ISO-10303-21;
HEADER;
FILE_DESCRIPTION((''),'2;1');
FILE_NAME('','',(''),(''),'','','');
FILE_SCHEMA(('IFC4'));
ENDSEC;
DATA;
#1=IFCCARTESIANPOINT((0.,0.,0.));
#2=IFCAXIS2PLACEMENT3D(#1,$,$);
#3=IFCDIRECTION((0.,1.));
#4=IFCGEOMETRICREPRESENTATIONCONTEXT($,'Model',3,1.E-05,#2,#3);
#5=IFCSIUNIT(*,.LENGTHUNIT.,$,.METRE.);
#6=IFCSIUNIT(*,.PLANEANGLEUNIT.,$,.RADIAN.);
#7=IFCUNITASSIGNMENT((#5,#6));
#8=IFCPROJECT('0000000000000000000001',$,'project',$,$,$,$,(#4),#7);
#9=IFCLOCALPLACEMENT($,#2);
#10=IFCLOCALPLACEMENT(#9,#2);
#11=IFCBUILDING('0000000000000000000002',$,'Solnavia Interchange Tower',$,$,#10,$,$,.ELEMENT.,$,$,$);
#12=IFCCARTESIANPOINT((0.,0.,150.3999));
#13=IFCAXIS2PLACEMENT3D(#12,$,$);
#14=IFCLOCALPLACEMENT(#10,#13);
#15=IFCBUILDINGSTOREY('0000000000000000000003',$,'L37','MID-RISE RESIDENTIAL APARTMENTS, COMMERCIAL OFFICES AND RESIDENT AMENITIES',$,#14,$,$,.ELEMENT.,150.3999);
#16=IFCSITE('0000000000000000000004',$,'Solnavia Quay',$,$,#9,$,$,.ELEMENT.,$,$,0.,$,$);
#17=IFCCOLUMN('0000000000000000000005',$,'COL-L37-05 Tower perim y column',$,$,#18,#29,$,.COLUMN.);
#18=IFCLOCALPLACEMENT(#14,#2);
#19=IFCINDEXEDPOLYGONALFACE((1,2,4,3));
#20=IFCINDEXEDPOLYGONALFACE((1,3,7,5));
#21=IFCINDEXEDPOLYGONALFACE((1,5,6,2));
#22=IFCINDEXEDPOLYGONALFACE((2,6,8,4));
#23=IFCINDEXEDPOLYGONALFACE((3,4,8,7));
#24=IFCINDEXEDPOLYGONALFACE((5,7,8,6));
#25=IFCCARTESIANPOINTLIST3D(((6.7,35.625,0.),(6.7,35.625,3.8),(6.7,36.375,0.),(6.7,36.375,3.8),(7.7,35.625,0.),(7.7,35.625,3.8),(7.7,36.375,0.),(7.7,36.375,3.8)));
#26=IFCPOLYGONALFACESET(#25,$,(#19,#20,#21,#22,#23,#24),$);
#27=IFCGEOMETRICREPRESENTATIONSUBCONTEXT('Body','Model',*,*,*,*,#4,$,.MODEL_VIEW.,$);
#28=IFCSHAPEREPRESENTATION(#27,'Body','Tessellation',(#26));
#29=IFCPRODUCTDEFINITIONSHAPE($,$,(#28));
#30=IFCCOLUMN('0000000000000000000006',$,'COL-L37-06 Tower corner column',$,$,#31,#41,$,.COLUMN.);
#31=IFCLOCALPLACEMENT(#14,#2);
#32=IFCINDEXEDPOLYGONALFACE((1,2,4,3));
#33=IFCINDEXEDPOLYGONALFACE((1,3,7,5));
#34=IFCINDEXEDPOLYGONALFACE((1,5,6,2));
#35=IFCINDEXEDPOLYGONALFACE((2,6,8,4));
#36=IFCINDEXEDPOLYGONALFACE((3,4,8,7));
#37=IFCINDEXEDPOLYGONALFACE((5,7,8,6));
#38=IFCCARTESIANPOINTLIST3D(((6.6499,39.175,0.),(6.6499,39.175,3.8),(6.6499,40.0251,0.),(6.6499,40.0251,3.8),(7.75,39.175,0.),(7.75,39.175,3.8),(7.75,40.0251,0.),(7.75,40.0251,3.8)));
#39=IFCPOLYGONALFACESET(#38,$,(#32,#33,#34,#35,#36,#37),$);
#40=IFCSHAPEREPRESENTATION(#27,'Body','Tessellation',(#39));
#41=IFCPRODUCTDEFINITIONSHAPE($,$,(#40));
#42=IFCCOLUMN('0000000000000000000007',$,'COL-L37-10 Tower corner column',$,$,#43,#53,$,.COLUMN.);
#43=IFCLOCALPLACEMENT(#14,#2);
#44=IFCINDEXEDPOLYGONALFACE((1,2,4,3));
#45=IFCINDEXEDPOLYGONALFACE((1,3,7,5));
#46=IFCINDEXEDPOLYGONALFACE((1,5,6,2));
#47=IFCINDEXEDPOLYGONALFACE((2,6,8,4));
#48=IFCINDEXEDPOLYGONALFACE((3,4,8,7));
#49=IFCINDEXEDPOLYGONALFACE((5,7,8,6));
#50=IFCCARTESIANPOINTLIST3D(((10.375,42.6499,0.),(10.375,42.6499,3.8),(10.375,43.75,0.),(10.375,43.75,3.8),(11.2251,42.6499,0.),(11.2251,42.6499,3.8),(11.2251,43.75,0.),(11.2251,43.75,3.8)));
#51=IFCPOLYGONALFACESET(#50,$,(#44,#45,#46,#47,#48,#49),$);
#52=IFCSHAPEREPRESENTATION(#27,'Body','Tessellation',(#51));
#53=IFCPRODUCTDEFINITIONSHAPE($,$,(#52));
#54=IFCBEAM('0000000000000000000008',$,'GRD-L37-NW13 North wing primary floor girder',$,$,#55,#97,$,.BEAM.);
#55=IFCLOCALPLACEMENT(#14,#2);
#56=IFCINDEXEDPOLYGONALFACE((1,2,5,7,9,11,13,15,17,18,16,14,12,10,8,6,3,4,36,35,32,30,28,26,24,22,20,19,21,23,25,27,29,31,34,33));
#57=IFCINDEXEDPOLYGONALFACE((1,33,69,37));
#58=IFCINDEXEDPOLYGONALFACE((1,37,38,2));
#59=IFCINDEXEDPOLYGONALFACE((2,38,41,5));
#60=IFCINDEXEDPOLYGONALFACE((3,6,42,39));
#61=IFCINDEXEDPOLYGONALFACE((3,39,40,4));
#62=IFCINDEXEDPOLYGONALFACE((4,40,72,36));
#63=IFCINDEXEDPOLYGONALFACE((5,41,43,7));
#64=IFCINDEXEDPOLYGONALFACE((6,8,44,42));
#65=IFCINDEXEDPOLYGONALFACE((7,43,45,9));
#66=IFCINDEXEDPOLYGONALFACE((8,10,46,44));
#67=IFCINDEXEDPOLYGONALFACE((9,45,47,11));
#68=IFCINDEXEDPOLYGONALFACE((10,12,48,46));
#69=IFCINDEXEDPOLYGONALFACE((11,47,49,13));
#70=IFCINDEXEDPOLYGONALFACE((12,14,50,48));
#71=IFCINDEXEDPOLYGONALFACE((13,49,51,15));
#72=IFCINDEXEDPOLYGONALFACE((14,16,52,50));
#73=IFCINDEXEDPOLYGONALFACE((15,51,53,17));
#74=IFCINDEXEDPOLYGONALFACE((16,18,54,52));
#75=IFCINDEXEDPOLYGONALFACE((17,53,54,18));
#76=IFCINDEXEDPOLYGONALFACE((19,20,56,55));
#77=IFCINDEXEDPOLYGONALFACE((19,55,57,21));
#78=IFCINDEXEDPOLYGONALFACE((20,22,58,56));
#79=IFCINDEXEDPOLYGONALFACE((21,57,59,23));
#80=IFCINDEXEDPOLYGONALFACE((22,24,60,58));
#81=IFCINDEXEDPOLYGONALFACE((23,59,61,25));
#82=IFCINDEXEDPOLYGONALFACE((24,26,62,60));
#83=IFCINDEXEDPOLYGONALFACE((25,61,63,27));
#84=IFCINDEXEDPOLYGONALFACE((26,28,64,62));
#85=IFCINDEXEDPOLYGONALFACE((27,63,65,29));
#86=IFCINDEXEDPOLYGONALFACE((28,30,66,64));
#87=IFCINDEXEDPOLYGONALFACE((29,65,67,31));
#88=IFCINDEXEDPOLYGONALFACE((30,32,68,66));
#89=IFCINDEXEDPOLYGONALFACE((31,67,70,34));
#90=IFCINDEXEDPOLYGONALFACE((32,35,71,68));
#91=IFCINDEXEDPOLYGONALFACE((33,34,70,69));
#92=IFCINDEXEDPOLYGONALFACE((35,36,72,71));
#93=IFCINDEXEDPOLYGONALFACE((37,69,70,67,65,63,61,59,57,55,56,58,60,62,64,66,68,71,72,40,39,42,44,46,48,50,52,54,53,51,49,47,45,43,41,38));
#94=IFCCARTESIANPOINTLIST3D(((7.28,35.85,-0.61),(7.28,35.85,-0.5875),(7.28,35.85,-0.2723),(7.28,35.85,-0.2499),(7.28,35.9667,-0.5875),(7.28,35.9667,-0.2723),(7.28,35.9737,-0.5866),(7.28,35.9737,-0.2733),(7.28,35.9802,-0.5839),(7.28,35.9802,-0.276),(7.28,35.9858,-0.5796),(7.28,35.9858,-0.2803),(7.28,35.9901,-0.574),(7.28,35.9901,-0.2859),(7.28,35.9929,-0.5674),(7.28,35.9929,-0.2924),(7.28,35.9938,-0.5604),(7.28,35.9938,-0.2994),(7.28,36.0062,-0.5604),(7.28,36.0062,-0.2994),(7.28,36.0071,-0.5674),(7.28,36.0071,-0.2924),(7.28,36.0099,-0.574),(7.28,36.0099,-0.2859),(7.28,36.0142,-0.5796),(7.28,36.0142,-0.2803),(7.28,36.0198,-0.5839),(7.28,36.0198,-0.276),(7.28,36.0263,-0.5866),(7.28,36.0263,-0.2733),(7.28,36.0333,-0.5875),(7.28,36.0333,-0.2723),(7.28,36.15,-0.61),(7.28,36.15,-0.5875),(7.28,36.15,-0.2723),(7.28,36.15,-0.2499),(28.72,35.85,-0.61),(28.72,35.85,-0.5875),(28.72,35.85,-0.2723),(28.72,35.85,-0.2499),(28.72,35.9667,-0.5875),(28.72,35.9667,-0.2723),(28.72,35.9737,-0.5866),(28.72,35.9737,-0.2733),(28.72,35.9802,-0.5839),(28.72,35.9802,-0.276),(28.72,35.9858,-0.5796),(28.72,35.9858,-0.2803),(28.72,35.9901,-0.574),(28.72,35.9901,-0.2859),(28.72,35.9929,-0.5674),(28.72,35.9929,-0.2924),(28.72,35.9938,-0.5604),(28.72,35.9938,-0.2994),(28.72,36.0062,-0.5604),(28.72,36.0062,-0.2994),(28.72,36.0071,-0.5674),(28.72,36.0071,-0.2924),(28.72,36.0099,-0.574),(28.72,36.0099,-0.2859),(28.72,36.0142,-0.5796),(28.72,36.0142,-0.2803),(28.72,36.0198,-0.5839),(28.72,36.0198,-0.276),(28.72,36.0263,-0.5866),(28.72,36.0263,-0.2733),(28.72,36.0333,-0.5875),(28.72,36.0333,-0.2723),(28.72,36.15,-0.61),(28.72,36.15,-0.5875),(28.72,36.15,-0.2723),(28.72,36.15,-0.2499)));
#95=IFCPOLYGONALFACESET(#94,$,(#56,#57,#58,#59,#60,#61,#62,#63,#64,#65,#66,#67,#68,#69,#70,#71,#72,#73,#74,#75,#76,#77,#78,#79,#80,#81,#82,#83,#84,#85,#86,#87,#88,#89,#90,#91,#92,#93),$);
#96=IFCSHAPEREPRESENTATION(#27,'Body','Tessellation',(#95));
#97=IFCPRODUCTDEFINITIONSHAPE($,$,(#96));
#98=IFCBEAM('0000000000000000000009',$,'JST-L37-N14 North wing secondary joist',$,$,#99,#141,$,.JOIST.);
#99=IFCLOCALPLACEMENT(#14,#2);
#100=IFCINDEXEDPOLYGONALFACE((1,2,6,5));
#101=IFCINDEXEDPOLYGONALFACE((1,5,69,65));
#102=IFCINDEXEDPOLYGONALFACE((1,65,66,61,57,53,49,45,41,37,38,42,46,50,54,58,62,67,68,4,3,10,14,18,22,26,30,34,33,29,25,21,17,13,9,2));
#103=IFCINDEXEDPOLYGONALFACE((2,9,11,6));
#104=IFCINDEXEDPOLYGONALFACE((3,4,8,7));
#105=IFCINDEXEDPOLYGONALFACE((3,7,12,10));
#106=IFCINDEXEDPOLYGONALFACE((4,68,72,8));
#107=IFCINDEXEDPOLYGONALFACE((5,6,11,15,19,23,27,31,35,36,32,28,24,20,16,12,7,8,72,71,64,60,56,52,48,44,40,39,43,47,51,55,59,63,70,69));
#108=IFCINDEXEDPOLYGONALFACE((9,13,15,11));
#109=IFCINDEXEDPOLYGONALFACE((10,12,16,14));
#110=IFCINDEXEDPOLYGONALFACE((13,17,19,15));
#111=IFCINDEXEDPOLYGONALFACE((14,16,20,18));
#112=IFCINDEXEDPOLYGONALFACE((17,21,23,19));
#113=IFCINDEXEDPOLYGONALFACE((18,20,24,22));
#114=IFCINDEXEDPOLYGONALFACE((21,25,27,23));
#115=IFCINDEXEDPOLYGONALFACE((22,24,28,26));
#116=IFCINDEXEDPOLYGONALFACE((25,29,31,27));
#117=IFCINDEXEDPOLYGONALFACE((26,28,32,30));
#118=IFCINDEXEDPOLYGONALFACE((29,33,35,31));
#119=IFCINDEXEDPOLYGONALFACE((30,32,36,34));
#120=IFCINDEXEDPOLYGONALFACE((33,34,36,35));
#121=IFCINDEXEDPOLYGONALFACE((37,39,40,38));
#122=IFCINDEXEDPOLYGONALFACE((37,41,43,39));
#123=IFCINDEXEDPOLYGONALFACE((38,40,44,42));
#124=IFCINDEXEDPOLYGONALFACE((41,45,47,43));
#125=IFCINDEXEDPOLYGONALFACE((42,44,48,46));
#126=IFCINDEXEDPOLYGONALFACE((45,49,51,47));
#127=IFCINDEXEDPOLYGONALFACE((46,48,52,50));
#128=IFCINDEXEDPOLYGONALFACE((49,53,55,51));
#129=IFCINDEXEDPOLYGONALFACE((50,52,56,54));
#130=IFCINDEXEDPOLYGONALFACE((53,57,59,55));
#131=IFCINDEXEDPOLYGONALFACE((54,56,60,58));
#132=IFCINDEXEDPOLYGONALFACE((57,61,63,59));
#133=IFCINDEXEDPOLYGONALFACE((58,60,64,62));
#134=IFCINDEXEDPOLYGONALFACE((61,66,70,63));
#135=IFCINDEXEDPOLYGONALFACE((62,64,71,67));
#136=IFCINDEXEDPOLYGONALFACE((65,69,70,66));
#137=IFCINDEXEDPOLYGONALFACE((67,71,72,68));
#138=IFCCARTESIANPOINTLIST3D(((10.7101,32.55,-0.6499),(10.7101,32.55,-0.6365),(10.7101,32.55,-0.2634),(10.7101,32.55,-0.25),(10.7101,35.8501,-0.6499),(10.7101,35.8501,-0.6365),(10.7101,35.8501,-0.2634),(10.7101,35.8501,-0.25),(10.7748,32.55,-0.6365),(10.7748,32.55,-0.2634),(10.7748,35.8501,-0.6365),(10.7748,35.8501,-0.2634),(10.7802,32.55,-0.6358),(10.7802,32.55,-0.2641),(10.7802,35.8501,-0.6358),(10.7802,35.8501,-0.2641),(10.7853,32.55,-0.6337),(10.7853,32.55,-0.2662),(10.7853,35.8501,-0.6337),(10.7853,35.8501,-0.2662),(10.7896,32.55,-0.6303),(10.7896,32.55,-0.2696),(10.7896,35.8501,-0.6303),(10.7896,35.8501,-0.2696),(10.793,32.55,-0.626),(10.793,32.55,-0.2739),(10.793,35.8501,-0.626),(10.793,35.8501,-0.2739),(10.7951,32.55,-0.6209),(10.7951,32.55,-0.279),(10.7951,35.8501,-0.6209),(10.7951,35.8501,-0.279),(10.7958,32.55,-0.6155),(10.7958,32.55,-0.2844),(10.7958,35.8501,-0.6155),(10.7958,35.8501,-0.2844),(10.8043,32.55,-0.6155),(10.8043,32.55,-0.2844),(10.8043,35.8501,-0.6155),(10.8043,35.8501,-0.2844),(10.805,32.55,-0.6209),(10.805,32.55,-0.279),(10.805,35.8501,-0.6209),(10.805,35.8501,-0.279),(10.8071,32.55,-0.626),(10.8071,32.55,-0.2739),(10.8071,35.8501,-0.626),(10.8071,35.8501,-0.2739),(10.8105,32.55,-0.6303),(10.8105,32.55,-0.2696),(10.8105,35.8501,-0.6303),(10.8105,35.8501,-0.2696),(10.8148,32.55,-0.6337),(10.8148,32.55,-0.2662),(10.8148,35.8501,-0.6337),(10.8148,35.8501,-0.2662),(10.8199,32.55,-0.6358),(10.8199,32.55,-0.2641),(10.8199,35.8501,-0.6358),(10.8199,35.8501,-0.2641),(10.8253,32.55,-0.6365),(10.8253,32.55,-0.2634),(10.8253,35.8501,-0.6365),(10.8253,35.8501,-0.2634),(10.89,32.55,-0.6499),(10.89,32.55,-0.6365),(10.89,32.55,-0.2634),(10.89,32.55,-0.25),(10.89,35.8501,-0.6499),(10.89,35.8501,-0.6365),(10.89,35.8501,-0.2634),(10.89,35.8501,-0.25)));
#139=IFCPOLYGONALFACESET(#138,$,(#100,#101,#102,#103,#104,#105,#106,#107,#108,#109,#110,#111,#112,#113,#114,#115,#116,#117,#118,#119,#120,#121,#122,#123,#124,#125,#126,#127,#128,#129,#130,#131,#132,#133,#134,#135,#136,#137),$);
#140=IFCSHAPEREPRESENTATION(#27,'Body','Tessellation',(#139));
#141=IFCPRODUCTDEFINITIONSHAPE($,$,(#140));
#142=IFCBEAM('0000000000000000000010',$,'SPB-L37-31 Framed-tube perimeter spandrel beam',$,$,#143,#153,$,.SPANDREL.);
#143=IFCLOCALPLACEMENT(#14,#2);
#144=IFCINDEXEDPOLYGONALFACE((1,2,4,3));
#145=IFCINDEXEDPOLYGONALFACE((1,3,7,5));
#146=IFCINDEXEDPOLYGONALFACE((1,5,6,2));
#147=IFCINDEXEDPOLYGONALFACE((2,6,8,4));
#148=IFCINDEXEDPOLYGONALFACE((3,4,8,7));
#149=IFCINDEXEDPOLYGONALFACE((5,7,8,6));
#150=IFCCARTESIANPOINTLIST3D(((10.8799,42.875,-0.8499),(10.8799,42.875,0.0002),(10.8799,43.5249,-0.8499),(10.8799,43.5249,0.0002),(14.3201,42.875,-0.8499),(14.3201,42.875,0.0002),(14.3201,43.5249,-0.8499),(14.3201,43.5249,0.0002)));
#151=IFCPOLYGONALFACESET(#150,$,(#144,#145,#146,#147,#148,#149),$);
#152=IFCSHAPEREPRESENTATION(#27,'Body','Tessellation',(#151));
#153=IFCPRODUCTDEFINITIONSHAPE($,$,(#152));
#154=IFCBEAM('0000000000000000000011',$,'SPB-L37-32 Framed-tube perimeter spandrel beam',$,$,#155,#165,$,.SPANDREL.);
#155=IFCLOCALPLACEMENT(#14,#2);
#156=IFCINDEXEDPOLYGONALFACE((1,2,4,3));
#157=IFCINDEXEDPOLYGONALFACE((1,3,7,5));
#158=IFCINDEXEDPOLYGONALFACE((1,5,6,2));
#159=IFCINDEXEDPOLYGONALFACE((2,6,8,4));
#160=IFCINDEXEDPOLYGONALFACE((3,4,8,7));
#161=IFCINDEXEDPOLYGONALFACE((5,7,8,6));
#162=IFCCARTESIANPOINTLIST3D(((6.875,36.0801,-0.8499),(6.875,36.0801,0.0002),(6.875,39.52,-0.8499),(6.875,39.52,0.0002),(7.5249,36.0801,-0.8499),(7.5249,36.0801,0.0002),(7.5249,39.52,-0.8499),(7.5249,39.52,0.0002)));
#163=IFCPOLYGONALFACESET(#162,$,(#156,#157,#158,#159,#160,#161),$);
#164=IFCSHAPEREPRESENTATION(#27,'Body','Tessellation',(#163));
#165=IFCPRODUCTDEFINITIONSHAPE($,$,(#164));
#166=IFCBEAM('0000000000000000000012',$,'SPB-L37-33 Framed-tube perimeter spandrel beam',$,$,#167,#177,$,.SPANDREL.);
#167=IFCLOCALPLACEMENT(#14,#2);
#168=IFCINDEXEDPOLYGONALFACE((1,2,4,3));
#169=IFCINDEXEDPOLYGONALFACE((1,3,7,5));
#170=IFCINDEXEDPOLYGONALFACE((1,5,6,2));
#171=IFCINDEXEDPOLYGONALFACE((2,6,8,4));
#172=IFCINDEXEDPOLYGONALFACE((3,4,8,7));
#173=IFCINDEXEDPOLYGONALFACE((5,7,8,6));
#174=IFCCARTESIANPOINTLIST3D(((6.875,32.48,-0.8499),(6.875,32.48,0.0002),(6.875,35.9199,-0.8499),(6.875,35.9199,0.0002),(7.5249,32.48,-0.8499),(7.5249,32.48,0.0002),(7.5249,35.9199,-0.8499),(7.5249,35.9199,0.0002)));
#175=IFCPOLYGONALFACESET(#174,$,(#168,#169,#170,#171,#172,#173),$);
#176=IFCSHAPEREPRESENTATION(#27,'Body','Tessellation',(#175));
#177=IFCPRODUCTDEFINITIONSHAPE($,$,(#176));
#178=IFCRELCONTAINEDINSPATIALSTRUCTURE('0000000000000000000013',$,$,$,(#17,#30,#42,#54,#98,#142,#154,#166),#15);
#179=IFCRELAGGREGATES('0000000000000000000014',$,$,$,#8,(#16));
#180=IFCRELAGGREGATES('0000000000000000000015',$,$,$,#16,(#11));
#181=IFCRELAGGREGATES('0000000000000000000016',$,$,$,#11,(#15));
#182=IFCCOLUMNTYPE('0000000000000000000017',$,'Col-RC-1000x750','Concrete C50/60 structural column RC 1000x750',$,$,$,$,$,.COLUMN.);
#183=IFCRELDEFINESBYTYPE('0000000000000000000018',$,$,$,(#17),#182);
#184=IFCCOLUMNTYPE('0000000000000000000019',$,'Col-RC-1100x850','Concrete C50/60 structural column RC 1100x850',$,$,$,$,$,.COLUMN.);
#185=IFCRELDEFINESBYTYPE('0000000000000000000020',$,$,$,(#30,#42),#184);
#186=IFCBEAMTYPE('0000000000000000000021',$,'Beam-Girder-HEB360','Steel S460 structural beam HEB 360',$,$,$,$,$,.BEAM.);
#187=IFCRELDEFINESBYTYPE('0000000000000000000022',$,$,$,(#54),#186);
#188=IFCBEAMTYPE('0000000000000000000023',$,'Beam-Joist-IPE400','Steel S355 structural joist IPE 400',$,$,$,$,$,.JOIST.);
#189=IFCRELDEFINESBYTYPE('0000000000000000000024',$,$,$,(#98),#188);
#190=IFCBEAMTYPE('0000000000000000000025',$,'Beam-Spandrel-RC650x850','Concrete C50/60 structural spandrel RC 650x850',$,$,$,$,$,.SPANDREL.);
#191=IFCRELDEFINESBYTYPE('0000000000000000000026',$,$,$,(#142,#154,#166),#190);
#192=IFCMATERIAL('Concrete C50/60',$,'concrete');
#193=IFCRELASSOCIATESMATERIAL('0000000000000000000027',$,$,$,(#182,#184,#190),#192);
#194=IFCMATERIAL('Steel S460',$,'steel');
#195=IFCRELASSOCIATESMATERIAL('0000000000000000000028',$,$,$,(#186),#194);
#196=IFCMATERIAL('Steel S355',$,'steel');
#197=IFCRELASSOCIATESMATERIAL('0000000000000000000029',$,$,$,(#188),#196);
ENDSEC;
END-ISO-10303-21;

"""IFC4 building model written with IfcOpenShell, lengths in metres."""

from ifc_helpers import new_model, si_unit, direction, frame, origin, origin_2d, place, context, subcontext, project, spatial, rectangle, i_section, extrude, material, material_profile, profile_set, type_object, element, save


model = new_model("IFC4")

# Units and contexts
model_context = context("Model", 3, precision=1e-05, world=origin(), true_north=direction((0.0, 1.0)))
body_context = subcontext(model_context, "Body", "Model", "MODEL_VIEW")
ifc_project = project(units=[si_unit("LENGTHUNIT", "METRE"), si_unit("PLANEANGLEUNIT", "RADIAN")], contexts=[model_context])

# Site, building, storey
site_placement = place(None, origin())
site = spatial("IfcSite", under=ifc_project, at=site_placement, Name="Solnavia Quay", CompositionType="ELEMENT", RefElevation=0.0)
building_placement = place(site_placement, origin())
building = spatial("IfcBuilding", under=site, at=building_placement, Name="Solnavia Interchange Tower", CompositionType="ELEMENT")
storey_placement = place(building_placement, frame((0.0, 0.0, 150.3999)))
storey = spatial("IfcBuildingStorey", under=building, at=storey_placement, Name="L37", Description="MID-RISE RESIDENTIAL APARTMENTS, COMMERCIAL OFFICES AND RESIDENT AMENITIES", CompositionType="ELEMENT", Elevation=150.3999)

# Columns
ifc_material_1 = material(Name="Concrete C50/60", Category="concrete")
ifc_material_profile_1 = material_profile(ifc_material_1, rectangle(XDim=0.75, YDim=1.0, at=origin_2d()), Name="RC 1000x750")
ifc_profile_set_1 = profile_set([ifc_material_profile_1], Name="Concrete C50/60")
column_type_1 = type_object("IfcColumnType", Name="Col-RC-1000x750", Description="Concrete C50/60 structural column RC 1000x750", PredefinedType="COLUMN", material=ifc_profile_set_1)
column_placement = place(storey_placement, frame((7.2, 36.0, 0.0), z_axis=(0.0, 0.0, 1.0), x_axis=(0.0, 1.0, 0.0)))
element("IfcColumn", 1, at=column_placement, inside=storey, type_object=column_type_1, Name="COL-L37-05 Tower perim y column", PredefinedType="COLUMN", context=body_context, shape_type="SweptSolid", body=[
    extrude(rectangle(XDim=0.75, YDim=1.0, at=origin_2d()), origin(), (0.0, 0.0, 1.0), 3.8),
])
ifc_material_profile_2 = material_profile(ifc_material_1, rectangle(XDim=0.8501, YDim=1.1001, at=origin_2d()), Name="RC 1100x850")
ifc_profile_set_2 = profile_set([ifc_material_profile_2], Name="Concrete C50/60")
column_type_2 = type_object("IfcColumnType", Name="Col-RC-1100x850", Description="Concrete C50/60 structural column RC 1100x850", PredefinedType="COLUMN", material=ifc_profile_set_2)
for number, where, z_axis, x_axis, name in (
    (2, (7.2, 39.6001, 0.0), (0.0, 0.0, 1.0), (0.0, 1.0, 0.0), "COL-L37-06 Tower corner column"),
    (3, (10.8, 43.2, 0.0), (0.0, 0.0, 1.0), (1.0, 0.0, 0.0), "COL-L37-10 Tower corner column"),
):
    element("IfcColumn", number, at=place(storey_placement, frame(where, z_axis=z_axis, x_axis=x_axis)), inside=storey, type_object=column_type_2, Name=name, PredefinedType="COLUMN", context=body_context, shape_type="SweptSolid", body=[
        extrude(rectangle(XDim=0.8501, YDim=1.1001, at=origin_2d()), origin(), (0.0, 0.0, 1.0), 3.8),
    ])

# Beams
ifc_material_2 = material(Name="Steel S460", Category="steel")
ifc_material_profile_3 = material_profile(ifc_material_2, i_section(OverallWidth=0.3, OverallDepth=0.3601, WebThickness=0.0125, FlangeThickness=0.0225, FilletRadius=0.0271, at=origin_2d()), Name="HEB 360")
ifc_profile_set_3 = profile_set([ifc_material_profile_3], Name="Steel S460")
beam_type_1 = type_object("IfcBeamType", Name="Beam-Girder-HEB360", Description="Steel S460 structural beam HEB 360", PredefinedType="BEAM", material=ifc_profile_set_3)
beam_1_placement = place(storey_placement, frame((7.28, 36.0, -0.4299), z_axis=(1.0, 0.0, 0.0), x_axis=(0.0, 1.0, 0.0)))
element("IfcBeam", 4, at=beam_1_placement, inside=storey, type_object=beam_type_1, Name="GRD-L37-NW13 North wing primary floor girder", PredefinedType="BEAM", context=body_context, shape_type="SweptSolid", body=[
    extrude(i_section(OverallWidth=0.3, OverallDepth=0.3601, WebThickness=0.0125, FlangeThickness=0.0225, FilletRadius=0.0271, at=origin_2d()), origin(), (0.0, 0.0, 1.0), 21.4399),
])
ifc_material_3 = material(Name="Steel S355", Category="steel")
ifc_material_profile_4 = material_profile(ifc_material_3, i_section(OverallWidth=0.1799, OverallDepth=0.3999, WebThickness=0.0085, FlangeThickness=0.0134, FilletRadius=0.021, at=origin_2d()), Name="IPE 400")
ifc_profile_set_4 = profile_set([ifc_material_profile_4], Name="Steel S355")
beam_type_2 = type_object("IfcBeamType", Name="Beam-Joist-IPE400", Description="Steel S355 structural joist IPE 400", PredefinedType="JOIST", material=ifc_profile_set_4)
beam_2_placement = place(storey_placement, frame((10.8, 32.55, -0.45), z_axis=(0.0, 1.0, 0.0), x_axis=(-1.0, 0.0, 0.0)))
element("IfcBeam", 5, at=beam_2_placement, inside=storey, type_object=beam_type_2, Name="JST-L37-N14 North wing secondary joist", PredefinedType="JOIST", context=body_context, shape_type="SweptSolid", body=[
    extrude(i_section(OverallWidth=0.1799, OverallDepth=0.3999, WebThickness=0.0085, FlangeThickness=0.0134, FilletRadius=0.021, at=origin_2d()), origin(), (0.0, 0.0, 1.0), 3.3),
])
ifc_material_profile_5 = material_profile(ifc_material_1, rectangle(XDim=0.6499, YDim=0.8501, at=origin_2d()), Name="RC 650x850")
ifc_profile_set_5 = profile_set([ifc_material_profile_5], Name="Concrete C50/60")
beam_type_3 = type_object("IfcBeamType", Name="Beam-Spandrel-RC650x850", Description="Concrete C50/60 structural spandrel RC 650x850", PredefinedType="SPANDREL", material=ifc_profile_set_5)
beam_3_placement = place(storey_placement, frame((14.3201, 43.2, -0.4248), z_axis=(-1.0, 0.0, 0.0), x_axis=(0.0, -1.0, 0.0)))
element("IfcBeam", 6, at=beam_3_placement, inside=storey, type_object=beam_type_3, Name="SPB-L37-31 Framed-tube perimeter spandrel beam", PredefinedType="SPANDREL", context=body_context, shape_type="SweptSolid", body=[
    extrude(rectangle(XDim=0.6499, YDim=0.8501, at=origin_2d()), origin(), (0.0, 0.0, 1.0), 3.4402),
])
for number, where, z_axis, x_axis, name in (
    (7, (7.2, 39.52, -0.4248), (0.0, -1.0, 0.0), (1.0, 0.0, 0.0), "SPB-L37-32 Framed-tube perimeter spandrel beam"),
    (8, (7.2, 35.9199, -0.4248), (0.0, -1.0, 0.0), (1.0, 0.0, 0.0), "SPB-L37-33 Framed-tube perimeter spandrel beam"),
):
    element("IfcBeam", number, at=place(storey_placement, frame(where, z_axis=z_axis, x_axis=x_axis)), inside=storey, type_object=beam_type_3, Name=name, PredefinedType="SPANDREL", context=body_context, shape_type="SweptSolid", body=[
        extrude(rectangle(XDim=0.6499, YDim=0.8501, at=origin_2d()), origin(), (0.0, 0.0, 1.0), 3.4399),
    ])

save(model, "model.ifc")
